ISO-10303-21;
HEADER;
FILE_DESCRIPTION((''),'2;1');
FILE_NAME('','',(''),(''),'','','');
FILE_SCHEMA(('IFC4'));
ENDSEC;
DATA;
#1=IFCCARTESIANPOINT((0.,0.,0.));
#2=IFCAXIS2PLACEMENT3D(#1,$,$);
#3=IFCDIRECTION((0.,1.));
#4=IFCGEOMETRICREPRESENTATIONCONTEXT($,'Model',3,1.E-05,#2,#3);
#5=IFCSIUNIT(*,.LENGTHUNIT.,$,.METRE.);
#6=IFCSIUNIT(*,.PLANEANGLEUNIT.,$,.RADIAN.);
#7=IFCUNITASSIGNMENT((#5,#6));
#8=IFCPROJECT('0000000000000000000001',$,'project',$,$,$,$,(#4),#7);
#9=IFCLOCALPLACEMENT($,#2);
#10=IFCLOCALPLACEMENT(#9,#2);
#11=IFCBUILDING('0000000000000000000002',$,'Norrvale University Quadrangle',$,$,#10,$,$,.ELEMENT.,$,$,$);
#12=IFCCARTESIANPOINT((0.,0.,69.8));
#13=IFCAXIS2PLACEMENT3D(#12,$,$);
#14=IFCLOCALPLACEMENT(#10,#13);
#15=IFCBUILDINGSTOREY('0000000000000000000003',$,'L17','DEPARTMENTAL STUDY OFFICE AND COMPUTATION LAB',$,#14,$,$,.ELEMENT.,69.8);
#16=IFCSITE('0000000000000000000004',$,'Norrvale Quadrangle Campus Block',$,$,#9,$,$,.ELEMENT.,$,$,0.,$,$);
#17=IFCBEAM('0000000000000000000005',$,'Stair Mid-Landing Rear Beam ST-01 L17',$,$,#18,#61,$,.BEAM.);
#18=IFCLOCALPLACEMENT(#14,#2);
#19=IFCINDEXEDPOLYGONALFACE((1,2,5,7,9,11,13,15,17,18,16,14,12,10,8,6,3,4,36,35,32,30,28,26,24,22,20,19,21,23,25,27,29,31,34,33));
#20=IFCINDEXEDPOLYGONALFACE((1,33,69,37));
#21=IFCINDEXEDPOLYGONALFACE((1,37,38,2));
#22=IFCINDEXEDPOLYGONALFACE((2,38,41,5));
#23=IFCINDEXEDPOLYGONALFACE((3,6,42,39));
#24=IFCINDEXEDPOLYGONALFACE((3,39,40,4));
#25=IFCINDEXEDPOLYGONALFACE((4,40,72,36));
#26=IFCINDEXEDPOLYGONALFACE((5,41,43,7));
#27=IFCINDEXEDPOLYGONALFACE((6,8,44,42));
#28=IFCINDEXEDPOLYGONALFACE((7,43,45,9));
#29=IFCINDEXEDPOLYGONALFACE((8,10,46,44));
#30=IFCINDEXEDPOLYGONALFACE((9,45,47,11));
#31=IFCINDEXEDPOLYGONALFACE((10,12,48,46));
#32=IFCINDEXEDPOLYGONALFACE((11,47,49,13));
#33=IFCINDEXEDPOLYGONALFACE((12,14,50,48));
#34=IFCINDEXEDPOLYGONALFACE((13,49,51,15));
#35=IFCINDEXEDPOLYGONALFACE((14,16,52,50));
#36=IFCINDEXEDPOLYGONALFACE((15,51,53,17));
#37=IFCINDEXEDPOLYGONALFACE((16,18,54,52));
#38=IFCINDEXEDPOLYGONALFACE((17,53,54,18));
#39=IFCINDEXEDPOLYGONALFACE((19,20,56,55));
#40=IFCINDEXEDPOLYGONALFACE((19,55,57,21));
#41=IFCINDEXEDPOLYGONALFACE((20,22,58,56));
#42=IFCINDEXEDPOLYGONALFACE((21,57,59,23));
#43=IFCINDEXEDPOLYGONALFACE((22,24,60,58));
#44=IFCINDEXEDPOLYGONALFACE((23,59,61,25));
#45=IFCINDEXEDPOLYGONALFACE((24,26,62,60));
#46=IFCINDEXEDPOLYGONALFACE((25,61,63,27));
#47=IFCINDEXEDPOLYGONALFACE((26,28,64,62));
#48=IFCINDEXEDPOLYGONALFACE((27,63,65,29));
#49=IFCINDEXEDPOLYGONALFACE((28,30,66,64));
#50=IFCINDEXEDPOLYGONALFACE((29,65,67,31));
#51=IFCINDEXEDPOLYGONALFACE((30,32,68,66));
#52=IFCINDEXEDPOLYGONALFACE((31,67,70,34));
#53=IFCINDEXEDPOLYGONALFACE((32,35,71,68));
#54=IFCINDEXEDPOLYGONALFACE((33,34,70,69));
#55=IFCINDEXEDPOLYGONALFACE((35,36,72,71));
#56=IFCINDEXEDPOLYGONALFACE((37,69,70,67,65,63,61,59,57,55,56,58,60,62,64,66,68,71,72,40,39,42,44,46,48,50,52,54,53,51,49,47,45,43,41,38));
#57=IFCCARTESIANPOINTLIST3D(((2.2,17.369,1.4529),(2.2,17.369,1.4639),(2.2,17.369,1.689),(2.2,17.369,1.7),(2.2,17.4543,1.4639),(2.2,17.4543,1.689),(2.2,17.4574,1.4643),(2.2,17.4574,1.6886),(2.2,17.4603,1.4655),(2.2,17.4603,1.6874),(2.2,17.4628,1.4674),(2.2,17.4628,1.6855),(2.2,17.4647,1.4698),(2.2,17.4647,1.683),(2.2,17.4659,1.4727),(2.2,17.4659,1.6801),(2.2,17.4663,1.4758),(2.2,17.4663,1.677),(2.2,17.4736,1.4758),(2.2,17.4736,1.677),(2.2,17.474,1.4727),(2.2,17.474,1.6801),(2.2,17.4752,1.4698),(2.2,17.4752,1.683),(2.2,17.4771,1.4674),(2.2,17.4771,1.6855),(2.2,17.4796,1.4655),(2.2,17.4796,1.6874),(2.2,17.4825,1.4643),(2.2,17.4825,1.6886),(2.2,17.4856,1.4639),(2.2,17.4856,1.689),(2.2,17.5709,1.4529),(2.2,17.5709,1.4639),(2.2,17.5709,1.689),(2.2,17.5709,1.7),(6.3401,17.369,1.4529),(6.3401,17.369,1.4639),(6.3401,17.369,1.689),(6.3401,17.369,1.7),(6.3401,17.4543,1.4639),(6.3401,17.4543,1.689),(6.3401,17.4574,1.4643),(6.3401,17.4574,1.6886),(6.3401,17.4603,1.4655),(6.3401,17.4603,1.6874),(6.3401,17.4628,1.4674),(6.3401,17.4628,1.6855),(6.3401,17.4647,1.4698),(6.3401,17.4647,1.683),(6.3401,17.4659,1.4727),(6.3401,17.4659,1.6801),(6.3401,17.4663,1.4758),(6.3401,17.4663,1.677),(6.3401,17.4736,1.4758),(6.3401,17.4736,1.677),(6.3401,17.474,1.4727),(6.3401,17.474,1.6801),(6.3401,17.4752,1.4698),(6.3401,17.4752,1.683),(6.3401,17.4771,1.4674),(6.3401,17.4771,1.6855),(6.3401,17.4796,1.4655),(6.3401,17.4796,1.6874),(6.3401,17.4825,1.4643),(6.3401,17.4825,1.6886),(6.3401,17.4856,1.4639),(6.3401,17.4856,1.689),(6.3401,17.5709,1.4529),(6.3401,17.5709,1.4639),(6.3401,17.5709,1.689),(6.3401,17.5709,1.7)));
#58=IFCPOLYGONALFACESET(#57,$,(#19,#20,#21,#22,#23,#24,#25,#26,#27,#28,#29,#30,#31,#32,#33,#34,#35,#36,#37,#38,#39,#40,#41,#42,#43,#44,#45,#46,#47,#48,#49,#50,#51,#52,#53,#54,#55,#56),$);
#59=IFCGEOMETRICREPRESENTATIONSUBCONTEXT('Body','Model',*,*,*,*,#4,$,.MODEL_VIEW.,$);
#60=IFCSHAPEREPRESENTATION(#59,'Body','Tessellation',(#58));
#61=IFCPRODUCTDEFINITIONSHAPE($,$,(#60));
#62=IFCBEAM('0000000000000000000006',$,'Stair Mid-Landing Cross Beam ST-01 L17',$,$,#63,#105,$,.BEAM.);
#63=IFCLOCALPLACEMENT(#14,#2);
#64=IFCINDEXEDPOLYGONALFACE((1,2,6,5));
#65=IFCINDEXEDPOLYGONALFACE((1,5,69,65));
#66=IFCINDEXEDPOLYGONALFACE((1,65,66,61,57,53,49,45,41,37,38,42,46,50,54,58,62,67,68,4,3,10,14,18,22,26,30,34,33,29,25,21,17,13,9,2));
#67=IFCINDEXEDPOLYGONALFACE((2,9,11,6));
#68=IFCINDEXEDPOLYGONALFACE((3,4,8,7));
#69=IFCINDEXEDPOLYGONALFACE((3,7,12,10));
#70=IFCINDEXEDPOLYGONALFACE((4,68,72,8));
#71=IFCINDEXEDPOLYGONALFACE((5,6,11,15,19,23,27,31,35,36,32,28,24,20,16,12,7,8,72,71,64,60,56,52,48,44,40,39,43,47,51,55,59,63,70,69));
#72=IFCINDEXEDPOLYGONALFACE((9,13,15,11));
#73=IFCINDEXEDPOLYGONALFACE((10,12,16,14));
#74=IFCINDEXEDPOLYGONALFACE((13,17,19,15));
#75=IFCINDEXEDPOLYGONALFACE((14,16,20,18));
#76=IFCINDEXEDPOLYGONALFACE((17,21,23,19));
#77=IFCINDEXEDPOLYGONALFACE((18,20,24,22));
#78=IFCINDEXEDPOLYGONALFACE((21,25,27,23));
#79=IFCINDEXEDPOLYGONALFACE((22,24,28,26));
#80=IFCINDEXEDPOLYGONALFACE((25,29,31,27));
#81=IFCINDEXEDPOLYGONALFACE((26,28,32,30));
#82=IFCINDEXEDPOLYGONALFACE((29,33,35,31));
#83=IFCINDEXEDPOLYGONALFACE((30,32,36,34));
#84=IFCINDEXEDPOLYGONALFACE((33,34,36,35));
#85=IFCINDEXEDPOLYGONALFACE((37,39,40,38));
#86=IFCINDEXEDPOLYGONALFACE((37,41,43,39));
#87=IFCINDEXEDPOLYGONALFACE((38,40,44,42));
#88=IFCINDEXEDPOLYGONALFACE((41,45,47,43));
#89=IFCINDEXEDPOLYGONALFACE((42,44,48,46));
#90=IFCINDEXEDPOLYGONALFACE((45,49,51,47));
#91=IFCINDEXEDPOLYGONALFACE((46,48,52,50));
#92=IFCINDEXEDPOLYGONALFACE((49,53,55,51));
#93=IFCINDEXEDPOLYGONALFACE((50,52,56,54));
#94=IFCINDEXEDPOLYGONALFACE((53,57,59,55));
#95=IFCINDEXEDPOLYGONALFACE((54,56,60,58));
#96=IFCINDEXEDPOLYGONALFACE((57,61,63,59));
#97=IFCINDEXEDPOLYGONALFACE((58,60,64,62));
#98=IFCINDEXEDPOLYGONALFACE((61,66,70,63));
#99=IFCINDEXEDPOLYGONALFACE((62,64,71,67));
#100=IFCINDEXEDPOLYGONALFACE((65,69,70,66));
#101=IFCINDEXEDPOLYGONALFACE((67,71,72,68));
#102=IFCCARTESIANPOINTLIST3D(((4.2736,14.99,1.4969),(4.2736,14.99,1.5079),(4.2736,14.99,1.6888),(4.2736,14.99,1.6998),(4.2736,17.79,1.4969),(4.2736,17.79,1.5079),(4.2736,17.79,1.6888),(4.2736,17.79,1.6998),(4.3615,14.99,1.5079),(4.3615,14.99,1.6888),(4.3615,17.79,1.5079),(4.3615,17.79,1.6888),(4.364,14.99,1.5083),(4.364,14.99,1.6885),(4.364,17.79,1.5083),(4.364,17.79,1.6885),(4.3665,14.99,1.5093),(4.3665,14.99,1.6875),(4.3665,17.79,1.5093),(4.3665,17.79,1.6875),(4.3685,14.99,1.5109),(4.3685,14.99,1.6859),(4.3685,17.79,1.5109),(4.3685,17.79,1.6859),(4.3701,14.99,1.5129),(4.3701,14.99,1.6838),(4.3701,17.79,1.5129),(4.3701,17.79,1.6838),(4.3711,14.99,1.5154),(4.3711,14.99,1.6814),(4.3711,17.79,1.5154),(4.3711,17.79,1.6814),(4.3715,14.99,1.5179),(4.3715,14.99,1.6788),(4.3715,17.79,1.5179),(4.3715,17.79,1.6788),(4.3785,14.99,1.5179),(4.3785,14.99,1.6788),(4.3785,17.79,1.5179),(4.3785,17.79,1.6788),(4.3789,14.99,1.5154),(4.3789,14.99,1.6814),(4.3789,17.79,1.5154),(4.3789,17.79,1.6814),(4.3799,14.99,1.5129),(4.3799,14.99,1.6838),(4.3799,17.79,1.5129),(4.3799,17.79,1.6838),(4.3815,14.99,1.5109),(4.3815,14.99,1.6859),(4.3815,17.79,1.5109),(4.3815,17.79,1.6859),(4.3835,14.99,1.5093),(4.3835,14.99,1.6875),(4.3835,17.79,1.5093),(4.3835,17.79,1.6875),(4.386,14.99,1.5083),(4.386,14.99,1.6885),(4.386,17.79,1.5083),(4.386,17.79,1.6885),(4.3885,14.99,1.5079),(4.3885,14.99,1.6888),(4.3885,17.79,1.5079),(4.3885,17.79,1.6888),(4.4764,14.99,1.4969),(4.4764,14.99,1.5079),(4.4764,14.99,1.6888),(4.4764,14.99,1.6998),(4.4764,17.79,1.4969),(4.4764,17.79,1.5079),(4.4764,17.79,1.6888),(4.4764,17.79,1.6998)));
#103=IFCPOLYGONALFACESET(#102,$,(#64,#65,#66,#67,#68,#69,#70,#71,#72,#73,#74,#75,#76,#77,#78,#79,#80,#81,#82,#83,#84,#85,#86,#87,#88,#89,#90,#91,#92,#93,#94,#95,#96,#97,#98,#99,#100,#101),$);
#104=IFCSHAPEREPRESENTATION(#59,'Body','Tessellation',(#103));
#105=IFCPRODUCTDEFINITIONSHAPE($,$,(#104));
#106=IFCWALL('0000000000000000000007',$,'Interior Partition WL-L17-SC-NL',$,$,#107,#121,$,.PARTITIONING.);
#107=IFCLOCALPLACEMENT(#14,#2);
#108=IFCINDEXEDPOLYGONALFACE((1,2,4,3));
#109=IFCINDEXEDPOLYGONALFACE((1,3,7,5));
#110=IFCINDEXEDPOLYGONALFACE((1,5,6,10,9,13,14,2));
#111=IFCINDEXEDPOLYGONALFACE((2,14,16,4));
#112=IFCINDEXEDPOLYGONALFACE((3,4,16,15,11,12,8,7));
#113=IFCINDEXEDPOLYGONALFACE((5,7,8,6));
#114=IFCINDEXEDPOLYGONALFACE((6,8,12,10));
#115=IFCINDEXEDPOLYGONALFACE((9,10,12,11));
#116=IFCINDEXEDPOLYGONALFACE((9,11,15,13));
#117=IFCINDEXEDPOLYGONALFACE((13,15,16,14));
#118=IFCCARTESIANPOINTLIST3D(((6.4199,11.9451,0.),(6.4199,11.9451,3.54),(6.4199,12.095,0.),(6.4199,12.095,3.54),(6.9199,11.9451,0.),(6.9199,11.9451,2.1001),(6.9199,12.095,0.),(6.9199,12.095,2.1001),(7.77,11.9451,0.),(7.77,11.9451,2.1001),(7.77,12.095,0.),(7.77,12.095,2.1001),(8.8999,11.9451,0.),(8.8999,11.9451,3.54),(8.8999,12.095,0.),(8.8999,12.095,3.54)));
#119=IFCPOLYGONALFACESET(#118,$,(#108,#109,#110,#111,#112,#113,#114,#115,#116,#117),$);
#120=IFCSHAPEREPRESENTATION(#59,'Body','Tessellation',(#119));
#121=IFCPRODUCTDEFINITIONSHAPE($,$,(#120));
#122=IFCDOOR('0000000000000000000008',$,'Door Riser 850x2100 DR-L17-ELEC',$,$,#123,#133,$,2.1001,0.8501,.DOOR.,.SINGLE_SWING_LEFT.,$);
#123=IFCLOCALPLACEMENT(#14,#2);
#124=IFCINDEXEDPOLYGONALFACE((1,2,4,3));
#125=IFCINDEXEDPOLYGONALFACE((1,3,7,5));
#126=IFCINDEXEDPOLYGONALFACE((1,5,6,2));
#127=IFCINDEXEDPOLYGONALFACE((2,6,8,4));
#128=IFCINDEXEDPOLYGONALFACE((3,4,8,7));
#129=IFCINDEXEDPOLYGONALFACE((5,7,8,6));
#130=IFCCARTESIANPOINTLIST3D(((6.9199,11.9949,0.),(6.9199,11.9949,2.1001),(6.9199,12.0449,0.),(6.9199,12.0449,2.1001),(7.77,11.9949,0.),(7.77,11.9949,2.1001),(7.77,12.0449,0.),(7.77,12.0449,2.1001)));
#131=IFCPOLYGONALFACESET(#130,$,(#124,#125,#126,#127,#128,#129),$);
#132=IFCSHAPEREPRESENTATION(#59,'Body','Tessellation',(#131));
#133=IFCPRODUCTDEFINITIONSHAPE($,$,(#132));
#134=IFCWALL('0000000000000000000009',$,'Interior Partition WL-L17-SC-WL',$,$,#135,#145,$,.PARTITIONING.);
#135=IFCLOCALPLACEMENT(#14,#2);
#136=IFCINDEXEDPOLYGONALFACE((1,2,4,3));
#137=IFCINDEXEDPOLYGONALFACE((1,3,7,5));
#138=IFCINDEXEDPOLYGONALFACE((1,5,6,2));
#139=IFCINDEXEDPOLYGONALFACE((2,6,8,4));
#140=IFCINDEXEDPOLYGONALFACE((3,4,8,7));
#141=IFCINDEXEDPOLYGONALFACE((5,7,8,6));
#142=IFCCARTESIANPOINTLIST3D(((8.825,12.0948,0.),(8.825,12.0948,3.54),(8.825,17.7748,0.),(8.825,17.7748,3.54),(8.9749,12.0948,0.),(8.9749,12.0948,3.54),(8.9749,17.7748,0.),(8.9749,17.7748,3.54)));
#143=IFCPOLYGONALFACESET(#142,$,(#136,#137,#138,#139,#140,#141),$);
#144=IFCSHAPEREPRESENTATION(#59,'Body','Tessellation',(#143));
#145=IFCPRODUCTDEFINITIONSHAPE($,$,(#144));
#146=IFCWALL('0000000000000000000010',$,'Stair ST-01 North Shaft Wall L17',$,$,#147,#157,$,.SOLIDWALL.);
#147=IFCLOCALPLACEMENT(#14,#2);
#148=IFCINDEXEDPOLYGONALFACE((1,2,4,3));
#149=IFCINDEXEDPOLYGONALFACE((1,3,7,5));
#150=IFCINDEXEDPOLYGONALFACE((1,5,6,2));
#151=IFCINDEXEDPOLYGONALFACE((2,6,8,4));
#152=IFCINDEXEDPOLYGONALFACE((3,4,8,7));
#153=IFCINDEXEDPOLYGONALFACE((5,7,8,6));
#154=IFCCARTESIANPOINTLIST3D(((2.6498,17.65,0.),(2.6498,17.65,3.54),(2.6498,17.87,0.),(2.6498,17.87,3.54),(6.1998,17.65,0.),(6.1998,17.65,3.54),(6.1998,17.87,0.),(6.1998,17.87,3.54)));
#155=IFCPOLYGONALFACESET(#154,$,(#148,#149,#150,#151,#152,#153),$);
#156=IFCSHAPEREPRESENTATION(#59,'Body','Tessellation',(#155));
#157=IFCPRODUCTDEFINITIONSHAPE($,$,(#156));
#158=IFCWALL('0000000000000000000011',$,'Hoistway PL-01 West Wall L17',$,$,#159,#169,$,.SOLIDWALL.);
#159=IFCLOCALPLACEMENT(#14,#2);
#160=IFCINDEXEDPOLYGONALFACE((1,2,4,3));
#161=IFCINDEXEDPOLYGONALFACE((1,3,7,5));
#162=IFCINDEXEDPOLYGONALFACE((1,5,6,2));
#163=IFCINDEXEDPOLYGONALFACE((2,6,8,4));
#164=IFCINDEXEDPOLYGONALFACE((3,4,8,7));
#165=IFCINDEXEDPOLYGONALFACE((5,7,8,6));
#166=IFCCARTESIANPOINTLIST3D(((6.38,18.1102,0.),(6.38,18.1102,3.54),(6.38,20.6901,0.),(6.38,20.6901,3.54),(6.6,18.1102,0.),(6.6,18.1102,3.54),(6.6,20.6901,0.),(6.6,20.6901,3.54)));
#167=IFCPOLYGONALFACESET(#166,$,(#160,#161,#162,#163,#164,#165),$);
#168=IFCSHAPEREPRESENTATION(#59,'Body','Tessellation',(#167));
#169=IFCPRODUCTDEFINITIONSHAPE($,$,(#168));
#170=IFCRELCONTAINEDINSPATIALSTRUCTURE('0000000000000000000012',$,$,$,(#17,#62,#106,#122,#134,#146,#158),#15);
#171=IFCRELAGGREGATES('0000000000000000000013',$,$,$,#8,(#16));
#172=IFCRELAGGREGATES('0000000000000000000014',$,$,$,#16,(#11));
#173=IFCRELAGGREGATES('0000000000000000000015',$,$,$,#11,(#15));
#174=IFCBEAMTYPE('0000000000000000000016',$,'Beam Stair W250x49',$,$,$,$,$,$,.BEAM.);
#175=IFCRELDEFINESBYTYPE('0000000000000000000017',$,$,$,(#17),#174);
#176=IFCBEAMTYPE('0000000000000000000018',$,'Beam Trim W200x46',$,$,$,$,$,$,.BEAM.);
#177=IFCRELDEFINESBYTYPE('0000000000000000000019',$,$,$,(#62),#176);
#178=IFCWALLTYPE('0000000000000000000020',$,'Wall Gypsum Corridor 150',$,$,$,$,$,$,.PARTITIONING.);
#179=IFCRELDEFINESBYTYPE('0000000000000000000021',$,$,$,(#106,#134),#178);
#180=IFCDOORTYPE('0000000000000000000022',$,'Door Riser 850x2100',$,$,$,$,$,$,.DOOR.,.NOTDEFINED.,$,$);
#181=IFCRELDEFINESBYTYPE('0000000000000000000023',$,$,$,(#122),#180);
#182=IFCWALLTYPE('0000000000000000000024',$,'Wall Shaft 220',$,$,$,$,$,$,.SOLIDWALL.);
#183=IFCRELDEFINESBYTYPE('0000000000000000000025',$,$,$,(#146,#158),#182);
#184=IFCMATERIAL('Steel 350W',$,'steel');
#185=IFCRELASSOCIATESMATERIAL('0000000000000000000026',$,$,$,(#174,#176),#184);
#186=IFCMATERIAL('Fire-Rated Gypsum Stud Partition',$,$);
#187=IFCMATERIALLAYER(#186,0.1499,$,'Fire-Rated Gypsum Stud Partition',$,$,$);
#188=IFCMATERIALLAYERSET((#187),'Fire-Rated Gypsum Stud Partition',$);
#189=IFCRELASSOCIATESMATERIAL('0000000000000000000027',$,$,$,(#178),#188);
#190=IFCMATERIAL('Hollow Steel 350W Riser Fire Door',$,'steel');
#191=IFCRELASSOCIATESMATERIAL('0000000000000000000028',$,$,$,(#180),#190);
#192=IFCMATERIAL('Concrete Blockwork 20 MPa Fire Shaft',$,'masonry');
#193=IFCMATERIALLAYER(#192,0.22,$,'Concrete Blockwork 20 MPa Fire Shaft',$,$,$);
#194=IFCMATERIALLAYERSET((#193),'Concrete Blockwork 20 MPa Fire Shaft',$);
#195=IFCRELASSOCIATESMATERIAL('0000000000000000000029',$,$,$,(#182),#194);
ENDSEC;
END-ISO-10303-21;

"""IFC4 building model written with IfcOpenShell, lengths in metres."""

from ifc_helpers import new_model, si_unit, direction, frame, frame_2d, origin, origin_2d, place, context, subcontext, project, spatial, rectangle, i_section, extrude, material, layer, layer_set, material_profile, profile_set, type_object, element, fill, save


model = new_model("IFC4")

# Units and contexts
model_context = context("Model", 3, precision=1e-05, world=origin(), true_north=direction((0.0, 1.0)))
body_context = subcontext(model_context, "Body", "Model", "MODEL_VIEW")
ifc_project = project(units=[si_unit("LENGTHUNIT", "METRE"), si_unit("PLANEANGLEUNIT", "RADIAN")], contexts=[model_context])

# Site, building, storey
site_placement = place(None, origin())
site = spatial("IfcSite", under=ifc_project, at=site_placement, Name="Norrvale Quadrangle Campus Block", CompositionType="ELEMENT", RefElevation=0.0)
building_placement = place(site_placement, origin())
building = spatial("IfcBuilding", under=site, at=building_placement, Name="Norrvale University Quadrangle", CompositionType="ELEMENT")
storey_placement = place(building_placement, frame((0.0, 0.0, 69.8)))
storey = spatial("IfcBuildingStorey", under=building, at=storey_placement, Name="L17", Description="DEPARTMENTAL STUDY OFFICE AND COMPUTATION LAB", CompositionType="ELEMENT", Elevation=69.8)

# Beams
ifc_material_1 = material(Name="Steel 350W", Category="steel")
ifc_material_profile_1 = material_profile(ifc_material_1, i_section(OverallWidth=0.2019, OverallDepth=0.2471, WebThickness=0.0073, FlangeThickness=0.011, FilletRadius=0.012, at=origin_2d()), Name="Steel 350W")
ifc_profile_set_1 = profile_set([ifc_material_profile_1], Name="Steel 350W")
beam_type_1 = type_object("IfcBeamType", Name="Beam Stair W250x49", PredefinedType="BEAM", material=ifc_profile_set_1)
for number, where, z_axis, x_axis, name in (
    (1, (2.2, 17.47, 1.5764), (1.0, 0.0, 0.0), (0.0, 1.0, 0.0), "Stair Mid-Landing Rear Beam ST-01 L17"),
):
    element("IfcBeam", number, at=place(storey_placement, frame(where, z_axis=z_axis, x_axis=x_axis)), inside=storey, type_object=beam_type_1, Name=name, PredefinedType="BEAM", context=body_context, shape_type="SweptSolid", body=[
        extrude(i_section(OverallWidth=0.2019, OverallDepth=0.2471, WebThickness=0.0073, FlangeThickness=0.011, FilletRadius=0.012, at=origin_2d()), origin(), (0.0, 0.0, 1.0), 4.1401),
    ])
ifc_material_profile_2 = material_profile(ifc_material_1, i_section(OverallWidth=0.2029, OverallDepth=0.2029, WebThickness=0.0071, FlangeThickness=0.011, FilletRadius=0.01, at=origin_2d()), Name="Steel 350W")
ifc_profile_set_2 = profile_set([ifc_material_profile_2], Name="Steel 350W")
beam_type_2 = type_object("IfcBeamType", Name="Beam Trim W200x46", PredefinedType="BEAM", material=ifc_profile_set_2)
beam_1_placement = place(storey_placement, frame((4.375, 14.99, 1.5984), z_axis=(0.0, 1.0, 0.0), x_axis=(-1.0, 0.0, 0.0)))
element("IfcBeam", 2, at=beam_1_placement, inside=storey, type_object=beam_type_2, Name="Stair Mid-Landing Cross Beam ST-01 L17", PredefinedType="BEAM", context=body_context, shape_type="SweptSolid", body=[
    extrude(i_section(OverallWidth=0.2029, OverallDepth=0.2029, WebThickness=0.0071, FlangeThickness=0.011, FilletRadius=0.01, at=origin_2d()), origin(), (0.0, 0.0, 1.0), 2.8),
])

# Wall, opening, door
ifc_material_2 = material(Name="Fire-Rated Gypsum Stud Partition")
ifc_layer_1 = layer(ifc_material_2, 0.1499, Name="Fire-Rated Gypsum Stud Partition")
ifc_layer_set_1 = layer_set([ifc_layer_1], Name="Fire-Rated Gypsum Stud Partition")
wall_type_1 = type_object("IfcWallType", Name="Wall Gypsum Corridor 150", PredefinedType="PARTITIONING", material=ifc_layer_set_1)
wall_1_placement = place(storey_placement, frame((6.4199, 12.02, 0.0), z_axis=(0.0, 0.0, 1.0), x_axis=(1.0, 0.0, 0.0)))
wall_1 = element("IfcWall", 3, at=wall_1_placement, inside=storey, type_object=wall_type_1, Name="Interior Partition WL-L17-SC-NL", PredefinedType="PARTITIONING", context=body_context, shape_type="SweptSolid", body=[
    extrude(rectangle(XDim=2.48, YDim=0.1499, at=frame_2d((1.24, 0.0))), origin(), (0.0, 0.0, 1.0), 3.54),
])
opening_1_placement = place(wall_1_placement, frame((0.5, 0.0, 0.0)))
opening_1 = element("IfcOpeningElement", 4, at=opening_1_placement, cuts=wall_1, PredefinedType="OPENING", context=body_context, shape_type="SweptSolid", body=[
    extrude(rectangle(XDim=0.8501, YDim=2.1001, at=frame_2d((0.425, 1.05))), frame((0.0, 0.0869, 0.0), z_axis=(0.0, -1.0, 0.0), x_axis=(1.0, 0.0, 0.0)), (0.0, 0.0, 1.0), 0.1738),
])
ifc_material_3 = material(Name="Hollow Steel 350W Riser Fire Door", Category="steel")
door_type_1 = type_object("IfcDoorType", Name="Door Riser 850x2100", OperationType="NOTDEFINED", PredefinedType="DOOR", material=ifc_material_3)
door_1_placement = place(opening_1_placement, origin())
door_1 = element("IfcDoor", 5, at=door_1_placement, inside=storey, type_object=door_type_1, Name="Door Riser 850x2100 DR-L17-ELEC", OperationType="SINGLE_SWING_LEFT", OverallHeight=2.1001, OverallWidth=0.8501, PredefinedType="DOOR", context=body_context, shape_type="SweptSolid", body=[
    extrude(rectangle(XDim=0.8501, YDim=2.1001, at=frame_2d((0.425, 1.05))), frame((0.0, 0.0249, 0.0), z_axis=(0.0, -1.0, 0.0), x_axis=(1.0, 0.0, 0.0)), (0.0, 0.0, 1.0), 0.05),
])
fill(opening_1, door_1)

# Walls
wall_2_placement = place(storey_placement, frame((8.8999, 12.095, 0.0), z_axis=(0.0, 0.0, 1.0), x_axis=(0.0, 1.0, 0.0)))
element("IfcWall", 6, at=wall_2_placement, inside=storey, type_object=wall_type_1, Name="Interior Partition WL-L17-SC-WL", PredefinedType="PARTITIONING", context=body_context, shape_type="SweptSolid", body=[
    extrude(rectangle(XDim=5.6799, YDim=0.1499, at=frame_2d((2.8398, 0.0))), origin(), (0.0, 0.0, 1.0), 3.54),
])
ifc_material_4 = material(Name="Concrete Blockwork 20 MPa Fire Shaft", Category="masonry")
ifc_layer_2 = layer(ifc_material_4, 0.22, Name="Concrete Blockwork 20 MPa Fire Shaft")
ifc_layer_set_2 = layer_set([ifc_layer_2], Name="Concrete Blockwork 20 MPa Fire Shaft")
wall_type_2 = type_object("IfcWallType", Name="Wall Shaft 220", PredefinedType="SOLIDWALL", material=ifc_layer_set_2)
wall_3_placement = place(storey_placement, frame((2.6499, 17.76, 0.0), z_axis=(0.0, 0.0, 1.0), x_axis=(1.0, 0.0, 0.0)))
element("IfcWall", 7, at=wall_3_placement, inside=storey, type_object=wall_type_2, Name="Stair ST-01 North Shaft Wall L17", PredefinedType="SOLIDWALL", context=body_context, shape_type="SweptSolid", body=[
    extrude(rectangle(XDim=3.55, YDim=0.22, at=frame_2d((1.7749, 0.0))), origin(), (0.0, 0.0, 1.0), 3.54),
])
wall_4_placement = place(storey_placement, frame((6.49, 18.1101, 0.0), z_axis=(0.0, 0.0, 1.0), x_axis=(0.0, 1.0, 0.0)))
element("IfcWall", 8, at=wall_4_placement, inside=storey, type_object=wall_type_2, Name="Hoistway PL-01 West Wall L17", PredefinedType="SOLIDWALL", context=body_context, shape_type="SweptSolid", body=[
    extrude(rectangle(XDim=2.5798, YDim=0.22, at=frame_2d((1.29, 0.0))), origin(), (0.0, 0.0, 1.0), 3.54),
])

save(model, "model.ifc")
